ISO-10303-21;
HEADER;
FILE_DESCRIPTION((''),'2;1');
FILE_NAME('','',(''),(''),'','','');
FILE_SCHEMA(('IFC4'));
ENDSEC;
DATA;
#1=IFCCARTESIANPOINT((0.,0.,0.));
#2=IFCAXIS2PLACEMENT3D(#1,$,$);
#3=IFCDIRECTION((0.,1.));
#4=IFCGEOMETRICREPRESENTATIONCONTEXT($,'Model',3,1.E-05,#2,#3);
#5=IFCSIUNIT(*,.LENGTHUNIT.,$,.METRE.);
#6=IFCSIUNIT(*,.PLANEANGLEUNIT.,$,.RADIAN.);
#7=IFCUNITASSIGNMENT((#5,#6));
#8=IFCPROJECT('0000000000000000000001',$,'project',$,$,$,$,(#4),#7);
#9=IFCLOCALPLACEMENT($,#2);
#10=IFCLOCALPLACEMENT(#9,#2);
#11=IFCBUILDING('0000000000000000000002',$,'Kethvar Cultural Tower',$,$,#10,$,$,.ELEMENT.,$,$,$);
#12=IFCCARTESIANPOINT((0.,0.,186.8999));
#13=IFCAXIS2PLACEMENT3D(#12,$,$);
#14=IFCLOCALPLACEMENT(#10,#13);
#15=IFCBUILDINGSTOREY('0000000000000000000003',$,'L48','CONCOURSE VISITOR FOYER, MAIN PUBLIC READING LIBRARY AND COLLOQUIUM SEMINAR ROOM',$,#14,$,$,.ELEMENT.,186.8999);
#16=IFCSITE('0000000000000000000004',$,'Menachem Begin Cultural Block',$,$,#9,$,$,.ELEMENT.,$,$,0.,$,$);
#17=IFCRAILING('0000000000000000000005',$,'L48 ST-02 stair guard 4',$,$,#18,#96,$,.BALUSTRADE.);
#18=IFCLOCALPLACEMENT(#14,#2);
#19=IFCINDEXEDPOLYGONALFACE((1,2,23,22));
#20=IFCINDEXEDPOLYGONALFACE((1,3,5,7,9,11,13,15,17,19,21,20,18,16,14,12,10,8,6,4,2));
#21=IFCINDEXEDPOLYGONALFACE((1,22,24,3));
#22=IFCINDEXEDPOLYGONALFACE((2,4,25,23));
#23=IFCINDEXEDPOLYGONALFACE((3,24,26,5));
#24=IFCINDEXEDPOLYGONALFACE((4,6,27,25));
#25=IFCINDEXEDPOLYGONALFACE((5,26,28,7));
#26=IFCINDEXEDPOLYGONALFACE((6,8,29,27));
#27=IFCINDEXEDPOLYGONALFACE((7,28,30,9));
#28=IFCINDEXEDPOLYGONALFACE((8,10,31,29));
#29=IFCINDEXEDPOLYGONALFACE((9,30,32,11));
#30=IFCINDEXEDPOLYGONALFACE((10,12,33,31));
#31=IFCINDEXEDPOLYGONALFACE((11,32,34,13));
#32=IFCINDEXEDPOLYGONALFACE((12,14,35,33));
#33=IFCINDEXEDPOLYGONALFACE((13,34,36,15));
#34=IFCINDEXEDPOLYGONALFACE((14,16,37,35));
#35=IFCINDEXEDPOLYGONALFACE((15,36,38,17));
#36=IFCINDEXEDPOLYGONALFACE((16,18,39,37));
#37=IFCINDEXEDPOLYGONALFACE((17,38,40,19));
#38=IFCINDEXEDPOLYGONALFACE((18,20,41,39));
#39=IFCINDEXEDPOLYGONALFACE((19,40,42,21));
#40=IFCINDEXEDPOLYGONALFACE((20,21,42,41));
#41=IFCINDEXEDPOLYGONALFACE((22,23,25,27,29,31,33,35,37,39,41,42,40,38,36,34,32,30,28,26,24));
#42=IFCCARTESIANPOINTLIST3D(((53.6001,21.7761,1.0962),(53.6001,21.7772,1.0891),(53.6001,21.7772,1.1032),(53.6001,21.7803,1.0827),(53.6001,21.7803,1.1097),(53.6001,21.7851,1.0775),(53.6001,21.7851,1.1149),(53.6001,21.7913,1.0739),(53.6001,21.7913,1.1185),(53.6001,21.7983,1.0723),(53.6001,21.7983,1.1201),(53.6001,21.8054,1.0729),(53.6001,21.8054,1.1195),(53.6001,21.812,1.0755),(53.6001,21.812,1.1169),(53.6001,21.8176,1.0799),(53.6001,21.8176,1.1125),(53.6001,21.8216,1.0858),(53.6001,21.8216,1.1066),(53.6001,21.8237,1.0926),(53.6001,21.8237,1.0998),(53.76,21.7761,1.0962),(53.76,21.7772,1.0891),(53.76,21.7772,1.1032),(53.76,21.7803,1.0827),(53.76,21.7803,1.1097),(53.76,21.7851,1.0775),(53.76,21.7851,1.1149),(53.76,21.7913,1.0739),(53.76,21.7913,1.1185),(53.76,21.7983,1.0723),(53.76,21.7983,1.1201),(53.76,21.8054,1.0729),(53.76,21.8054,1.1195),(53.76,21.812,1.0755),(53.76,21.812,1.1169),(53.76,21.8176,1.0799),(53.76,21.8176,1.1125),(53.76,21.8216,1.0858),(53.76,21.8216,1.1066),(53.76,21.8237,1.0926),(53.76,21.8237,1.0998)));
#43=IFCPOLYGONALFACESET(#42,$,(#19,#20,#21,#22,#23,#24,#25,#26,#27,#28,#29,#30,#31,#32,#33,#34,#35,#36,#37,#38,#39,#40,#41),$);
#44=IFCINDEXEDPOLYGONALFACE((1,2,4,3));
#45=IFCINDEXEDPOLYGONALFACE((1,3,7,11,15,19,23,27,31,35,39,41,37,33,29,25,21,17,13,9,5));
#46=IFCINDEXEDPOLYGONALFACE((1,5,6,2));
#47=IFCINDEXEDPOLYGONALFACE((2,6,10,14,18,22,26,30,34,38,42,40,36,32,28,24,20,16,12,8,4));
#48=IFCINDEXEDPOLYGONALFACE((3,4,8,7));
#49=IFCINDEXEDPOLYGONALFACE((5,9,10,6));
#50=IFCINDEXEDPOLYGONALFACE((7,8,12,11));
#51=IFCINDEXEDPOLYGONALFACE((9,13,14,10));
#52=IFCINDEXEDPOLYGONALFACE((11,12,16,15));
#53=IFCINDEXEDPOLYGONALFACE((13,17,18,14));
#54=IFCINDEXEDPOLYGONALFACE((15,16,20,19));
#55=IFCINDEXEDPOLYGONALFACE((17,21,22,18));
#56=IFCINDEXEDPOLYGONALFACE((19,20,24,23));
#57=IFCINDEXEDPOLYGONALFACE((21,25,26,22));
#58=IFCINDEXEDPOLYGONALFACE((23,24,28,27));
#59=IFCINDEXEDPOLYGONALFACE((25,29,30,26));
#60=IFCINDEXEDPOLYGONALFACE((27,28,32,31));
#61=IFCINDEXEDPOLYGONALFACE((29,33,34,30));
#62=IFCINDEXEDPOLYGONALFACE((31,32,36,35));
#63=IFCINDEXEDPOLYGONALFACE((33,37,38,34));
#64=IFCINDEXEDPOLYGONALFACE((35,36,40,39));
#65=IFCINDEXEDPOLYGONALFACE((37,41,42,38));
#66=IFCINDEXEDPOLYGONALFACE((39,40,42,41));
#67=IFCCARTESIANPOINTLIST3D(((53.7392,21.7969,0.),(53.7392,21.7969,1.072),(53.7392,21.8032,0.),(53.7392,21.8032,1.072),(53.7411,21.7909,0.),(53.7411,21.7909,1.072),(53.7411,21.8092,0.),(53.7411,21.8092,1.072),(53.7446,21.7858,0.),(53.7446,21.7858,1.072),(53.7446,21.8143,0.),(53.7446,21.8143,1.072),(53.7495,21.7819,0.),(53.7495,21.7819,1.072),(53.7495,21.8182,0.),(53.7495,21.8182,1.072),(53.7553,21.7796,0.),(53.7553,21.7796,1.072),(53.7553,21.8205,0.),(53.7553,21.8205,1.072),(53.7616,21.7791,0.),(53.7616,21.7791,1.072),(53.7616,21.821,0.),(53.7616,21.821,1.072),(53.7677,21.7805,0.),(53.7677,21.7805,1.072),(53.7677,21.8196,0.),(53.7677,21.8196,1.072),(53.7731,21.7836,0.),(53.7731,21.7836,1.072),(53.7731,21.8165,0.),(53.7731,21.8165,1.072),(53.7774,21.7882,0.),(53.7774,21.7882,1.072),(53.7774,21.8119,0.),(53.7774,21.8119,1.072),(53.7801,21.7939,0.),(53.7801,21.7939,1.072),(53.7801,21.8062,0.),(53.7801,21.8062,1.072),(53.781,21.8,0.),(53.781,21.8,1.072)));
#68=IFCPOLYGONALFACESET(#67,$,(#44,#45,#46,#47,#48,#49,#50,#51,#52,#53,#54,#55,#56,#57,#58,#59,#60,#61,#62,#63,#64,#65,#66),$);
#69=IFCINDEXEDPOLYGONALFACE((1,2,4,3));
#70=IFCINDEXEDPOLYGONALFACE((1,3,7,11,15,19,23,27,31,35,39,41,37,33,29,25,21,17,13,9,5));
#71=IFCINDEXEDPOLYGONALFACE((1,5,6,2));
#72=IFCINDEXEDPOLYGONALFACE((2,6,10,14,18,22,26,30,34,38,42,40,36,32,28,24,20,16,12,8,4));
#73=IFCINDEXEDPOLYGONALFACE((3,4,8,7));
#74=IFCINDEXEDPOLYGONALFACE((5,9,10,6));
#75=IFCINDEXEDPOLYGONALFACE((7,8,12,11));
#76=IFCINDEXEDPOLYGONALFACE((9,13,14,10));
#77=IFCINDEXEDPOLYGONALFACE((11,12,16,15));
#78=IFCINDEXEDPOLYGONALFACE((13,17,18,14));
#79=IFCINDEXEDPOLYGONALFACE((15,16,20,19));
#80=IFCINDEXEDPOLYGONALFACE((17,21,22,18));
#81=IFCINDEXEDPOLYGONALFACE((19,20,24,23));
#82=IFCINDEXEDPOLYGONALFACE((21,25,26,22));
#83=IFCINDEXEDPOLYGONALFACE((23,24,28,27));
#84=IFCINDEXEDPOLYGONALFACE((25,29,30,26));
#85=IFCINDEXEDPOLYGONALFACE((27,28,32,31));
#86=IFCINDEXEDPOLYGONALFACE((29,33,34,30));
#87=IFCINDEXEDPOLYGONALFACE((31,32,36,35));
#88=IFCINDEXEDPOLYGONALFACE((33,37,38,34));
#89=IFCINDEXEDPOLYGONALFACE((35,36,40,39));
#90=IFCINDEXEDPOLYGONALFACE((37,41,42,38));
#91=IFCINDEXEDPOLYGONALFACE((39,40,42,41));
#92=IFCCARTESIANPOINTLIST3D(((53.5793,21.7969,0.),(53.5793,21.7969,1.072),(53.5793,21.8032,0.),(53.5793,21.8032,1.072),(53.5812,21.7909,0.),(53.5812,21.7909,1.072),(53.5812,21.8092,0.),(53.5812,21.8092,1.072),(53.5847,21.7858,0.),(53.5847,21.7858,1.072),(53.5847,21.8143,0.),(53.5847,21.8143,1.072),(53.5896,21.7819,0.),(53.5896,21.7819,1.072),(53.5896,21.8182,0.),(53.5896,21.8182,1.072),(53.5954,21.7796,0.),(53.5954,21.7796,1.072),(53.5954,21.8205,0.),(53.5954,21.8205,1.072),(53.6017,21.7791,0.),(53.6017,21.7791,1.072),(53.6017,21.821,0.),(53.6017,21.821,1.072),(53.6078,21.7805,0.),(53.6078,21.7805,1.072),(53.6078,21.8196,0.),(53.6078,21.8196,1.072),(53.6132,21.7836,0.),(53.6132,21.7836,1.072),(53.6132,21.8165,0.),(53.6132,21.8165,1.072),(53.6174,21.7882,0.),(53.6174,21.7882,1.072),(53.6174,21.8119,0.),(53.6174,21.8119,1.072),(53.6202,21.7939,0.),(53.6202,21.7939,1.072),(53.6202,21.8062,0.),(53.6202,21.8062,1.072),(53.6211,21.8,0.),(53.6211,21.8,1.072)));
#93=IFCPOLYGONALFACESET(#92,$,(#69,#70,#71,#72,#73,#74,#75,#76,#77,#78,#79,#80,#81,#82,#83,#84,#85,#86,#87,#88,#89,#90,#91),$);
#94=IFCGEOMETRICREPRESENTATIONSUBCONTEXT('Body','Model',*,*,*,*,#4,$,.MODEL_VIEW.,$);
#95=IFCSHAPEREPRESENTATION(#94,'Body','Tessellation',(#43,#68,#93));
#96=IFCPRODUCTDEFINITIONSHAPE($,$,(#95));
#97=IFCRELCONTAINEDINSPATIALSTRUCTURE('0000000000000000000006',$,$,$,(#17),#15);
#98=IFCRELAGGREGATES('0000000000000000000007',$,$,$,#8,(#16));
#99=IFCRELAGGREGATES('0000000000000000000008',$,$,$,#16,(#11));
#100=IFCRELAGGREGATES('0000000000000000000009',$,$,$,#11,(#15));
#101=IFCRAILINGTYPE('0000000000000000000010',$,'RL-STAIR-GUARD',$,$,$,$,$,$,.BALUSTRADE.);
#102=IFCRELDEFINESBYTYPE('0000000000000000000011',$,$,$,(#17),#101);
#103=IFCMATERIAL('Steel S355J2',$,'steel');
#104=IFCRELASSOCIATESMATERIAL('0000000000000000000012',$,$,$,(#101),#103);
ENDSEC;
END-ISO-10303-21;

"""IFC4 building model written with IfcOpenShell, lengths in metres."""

from ifc_helpers import new_model, si_unit, direction, frame, origin, origin_2d, place, context, subcontext, project, spatial, circle, extrude, material, type_object, element, save


model = new_model("IFC4")

# Units and contexts
model_context = context("Model", 3, precision=1e-05, world=origin(), true_north=direction((0.0, 1.0)))
body_context = subcontext(model_context, "Body", "Model", "MODEL_VIEW")
ifc_project = project(units=[si_unit("LENGTHUNIT", "METRE"), si_unit("PLANEANGLEUNIT", "RADIAN")], contexts=[model_context])

# Site, building, storey
site_placement = place(None, origin())
site = spatial("IfcSite", under=ifc_project, at=site_placement, Name="Menachem Begin Cultural Block", CompositionType="ELEMENT", RefElevation=0.0)
building_placement = place(site_placement, origin())
building = spatial("IfcBuilding", under=site, at=building_placement, Name="Kethvar Cultural Tower", CompositionType="ELEMENT")
storey_placement = place(building_placement, frame((0.0, 0.0, 186.8999)))
storey = spatial("IfcBuildingStorey", under=building, at=storey_placement, Name="L48", Description="CONCOURSE VISITOR FOYER, MAIN PUBLIC READING LIBRARY AND COLLOQUIUM SEMINAR ROOM", CompositionType="ELEMENT", Elevation=186.8999)

# Shared definitions
ifc_material_1 = material(Name="Steel S355J2", Category="steel")

# Railing
railing_type_1 = type_object("IfcRailingType", Name="RL-STAIR-GUARD", PredefinedType="BALUSTRADE", material=ifc_material_1)
railing_1_placement = place(storey_placement, frame((53.76, 21.8, 0.0)))
element("IfcRailing", 1, at=railing_1_placement, inside=storey, type_object=railing_type_1, Name="L48 ST-02 stair guard 4", PredefinedType="BALUSTRADE", context=body_context, shape_type="SweptSolid", body=[
    extrude(circle(Radius=0.0239, at=origin_2d()), frame((0.0, 0.0, 1.0962), z_axis=(-1.0, 0.0, 0.0), x_axis=(0.0, -1.0, 0.0)), (0.0, 0.0, 1.0), 0.1599),
    extrude(circle(Radius=0.021, at=origin_2d()), origin(), (0.0, 0.0, 1.0), 1.072),
    extrude(circle(Radius=0.021, at=origin_2d()), frame((-0.1599, 0.0, 0.0)), (0.0, 0.0, 1.0), 1.072),
])

save(model, "model.ifc")
